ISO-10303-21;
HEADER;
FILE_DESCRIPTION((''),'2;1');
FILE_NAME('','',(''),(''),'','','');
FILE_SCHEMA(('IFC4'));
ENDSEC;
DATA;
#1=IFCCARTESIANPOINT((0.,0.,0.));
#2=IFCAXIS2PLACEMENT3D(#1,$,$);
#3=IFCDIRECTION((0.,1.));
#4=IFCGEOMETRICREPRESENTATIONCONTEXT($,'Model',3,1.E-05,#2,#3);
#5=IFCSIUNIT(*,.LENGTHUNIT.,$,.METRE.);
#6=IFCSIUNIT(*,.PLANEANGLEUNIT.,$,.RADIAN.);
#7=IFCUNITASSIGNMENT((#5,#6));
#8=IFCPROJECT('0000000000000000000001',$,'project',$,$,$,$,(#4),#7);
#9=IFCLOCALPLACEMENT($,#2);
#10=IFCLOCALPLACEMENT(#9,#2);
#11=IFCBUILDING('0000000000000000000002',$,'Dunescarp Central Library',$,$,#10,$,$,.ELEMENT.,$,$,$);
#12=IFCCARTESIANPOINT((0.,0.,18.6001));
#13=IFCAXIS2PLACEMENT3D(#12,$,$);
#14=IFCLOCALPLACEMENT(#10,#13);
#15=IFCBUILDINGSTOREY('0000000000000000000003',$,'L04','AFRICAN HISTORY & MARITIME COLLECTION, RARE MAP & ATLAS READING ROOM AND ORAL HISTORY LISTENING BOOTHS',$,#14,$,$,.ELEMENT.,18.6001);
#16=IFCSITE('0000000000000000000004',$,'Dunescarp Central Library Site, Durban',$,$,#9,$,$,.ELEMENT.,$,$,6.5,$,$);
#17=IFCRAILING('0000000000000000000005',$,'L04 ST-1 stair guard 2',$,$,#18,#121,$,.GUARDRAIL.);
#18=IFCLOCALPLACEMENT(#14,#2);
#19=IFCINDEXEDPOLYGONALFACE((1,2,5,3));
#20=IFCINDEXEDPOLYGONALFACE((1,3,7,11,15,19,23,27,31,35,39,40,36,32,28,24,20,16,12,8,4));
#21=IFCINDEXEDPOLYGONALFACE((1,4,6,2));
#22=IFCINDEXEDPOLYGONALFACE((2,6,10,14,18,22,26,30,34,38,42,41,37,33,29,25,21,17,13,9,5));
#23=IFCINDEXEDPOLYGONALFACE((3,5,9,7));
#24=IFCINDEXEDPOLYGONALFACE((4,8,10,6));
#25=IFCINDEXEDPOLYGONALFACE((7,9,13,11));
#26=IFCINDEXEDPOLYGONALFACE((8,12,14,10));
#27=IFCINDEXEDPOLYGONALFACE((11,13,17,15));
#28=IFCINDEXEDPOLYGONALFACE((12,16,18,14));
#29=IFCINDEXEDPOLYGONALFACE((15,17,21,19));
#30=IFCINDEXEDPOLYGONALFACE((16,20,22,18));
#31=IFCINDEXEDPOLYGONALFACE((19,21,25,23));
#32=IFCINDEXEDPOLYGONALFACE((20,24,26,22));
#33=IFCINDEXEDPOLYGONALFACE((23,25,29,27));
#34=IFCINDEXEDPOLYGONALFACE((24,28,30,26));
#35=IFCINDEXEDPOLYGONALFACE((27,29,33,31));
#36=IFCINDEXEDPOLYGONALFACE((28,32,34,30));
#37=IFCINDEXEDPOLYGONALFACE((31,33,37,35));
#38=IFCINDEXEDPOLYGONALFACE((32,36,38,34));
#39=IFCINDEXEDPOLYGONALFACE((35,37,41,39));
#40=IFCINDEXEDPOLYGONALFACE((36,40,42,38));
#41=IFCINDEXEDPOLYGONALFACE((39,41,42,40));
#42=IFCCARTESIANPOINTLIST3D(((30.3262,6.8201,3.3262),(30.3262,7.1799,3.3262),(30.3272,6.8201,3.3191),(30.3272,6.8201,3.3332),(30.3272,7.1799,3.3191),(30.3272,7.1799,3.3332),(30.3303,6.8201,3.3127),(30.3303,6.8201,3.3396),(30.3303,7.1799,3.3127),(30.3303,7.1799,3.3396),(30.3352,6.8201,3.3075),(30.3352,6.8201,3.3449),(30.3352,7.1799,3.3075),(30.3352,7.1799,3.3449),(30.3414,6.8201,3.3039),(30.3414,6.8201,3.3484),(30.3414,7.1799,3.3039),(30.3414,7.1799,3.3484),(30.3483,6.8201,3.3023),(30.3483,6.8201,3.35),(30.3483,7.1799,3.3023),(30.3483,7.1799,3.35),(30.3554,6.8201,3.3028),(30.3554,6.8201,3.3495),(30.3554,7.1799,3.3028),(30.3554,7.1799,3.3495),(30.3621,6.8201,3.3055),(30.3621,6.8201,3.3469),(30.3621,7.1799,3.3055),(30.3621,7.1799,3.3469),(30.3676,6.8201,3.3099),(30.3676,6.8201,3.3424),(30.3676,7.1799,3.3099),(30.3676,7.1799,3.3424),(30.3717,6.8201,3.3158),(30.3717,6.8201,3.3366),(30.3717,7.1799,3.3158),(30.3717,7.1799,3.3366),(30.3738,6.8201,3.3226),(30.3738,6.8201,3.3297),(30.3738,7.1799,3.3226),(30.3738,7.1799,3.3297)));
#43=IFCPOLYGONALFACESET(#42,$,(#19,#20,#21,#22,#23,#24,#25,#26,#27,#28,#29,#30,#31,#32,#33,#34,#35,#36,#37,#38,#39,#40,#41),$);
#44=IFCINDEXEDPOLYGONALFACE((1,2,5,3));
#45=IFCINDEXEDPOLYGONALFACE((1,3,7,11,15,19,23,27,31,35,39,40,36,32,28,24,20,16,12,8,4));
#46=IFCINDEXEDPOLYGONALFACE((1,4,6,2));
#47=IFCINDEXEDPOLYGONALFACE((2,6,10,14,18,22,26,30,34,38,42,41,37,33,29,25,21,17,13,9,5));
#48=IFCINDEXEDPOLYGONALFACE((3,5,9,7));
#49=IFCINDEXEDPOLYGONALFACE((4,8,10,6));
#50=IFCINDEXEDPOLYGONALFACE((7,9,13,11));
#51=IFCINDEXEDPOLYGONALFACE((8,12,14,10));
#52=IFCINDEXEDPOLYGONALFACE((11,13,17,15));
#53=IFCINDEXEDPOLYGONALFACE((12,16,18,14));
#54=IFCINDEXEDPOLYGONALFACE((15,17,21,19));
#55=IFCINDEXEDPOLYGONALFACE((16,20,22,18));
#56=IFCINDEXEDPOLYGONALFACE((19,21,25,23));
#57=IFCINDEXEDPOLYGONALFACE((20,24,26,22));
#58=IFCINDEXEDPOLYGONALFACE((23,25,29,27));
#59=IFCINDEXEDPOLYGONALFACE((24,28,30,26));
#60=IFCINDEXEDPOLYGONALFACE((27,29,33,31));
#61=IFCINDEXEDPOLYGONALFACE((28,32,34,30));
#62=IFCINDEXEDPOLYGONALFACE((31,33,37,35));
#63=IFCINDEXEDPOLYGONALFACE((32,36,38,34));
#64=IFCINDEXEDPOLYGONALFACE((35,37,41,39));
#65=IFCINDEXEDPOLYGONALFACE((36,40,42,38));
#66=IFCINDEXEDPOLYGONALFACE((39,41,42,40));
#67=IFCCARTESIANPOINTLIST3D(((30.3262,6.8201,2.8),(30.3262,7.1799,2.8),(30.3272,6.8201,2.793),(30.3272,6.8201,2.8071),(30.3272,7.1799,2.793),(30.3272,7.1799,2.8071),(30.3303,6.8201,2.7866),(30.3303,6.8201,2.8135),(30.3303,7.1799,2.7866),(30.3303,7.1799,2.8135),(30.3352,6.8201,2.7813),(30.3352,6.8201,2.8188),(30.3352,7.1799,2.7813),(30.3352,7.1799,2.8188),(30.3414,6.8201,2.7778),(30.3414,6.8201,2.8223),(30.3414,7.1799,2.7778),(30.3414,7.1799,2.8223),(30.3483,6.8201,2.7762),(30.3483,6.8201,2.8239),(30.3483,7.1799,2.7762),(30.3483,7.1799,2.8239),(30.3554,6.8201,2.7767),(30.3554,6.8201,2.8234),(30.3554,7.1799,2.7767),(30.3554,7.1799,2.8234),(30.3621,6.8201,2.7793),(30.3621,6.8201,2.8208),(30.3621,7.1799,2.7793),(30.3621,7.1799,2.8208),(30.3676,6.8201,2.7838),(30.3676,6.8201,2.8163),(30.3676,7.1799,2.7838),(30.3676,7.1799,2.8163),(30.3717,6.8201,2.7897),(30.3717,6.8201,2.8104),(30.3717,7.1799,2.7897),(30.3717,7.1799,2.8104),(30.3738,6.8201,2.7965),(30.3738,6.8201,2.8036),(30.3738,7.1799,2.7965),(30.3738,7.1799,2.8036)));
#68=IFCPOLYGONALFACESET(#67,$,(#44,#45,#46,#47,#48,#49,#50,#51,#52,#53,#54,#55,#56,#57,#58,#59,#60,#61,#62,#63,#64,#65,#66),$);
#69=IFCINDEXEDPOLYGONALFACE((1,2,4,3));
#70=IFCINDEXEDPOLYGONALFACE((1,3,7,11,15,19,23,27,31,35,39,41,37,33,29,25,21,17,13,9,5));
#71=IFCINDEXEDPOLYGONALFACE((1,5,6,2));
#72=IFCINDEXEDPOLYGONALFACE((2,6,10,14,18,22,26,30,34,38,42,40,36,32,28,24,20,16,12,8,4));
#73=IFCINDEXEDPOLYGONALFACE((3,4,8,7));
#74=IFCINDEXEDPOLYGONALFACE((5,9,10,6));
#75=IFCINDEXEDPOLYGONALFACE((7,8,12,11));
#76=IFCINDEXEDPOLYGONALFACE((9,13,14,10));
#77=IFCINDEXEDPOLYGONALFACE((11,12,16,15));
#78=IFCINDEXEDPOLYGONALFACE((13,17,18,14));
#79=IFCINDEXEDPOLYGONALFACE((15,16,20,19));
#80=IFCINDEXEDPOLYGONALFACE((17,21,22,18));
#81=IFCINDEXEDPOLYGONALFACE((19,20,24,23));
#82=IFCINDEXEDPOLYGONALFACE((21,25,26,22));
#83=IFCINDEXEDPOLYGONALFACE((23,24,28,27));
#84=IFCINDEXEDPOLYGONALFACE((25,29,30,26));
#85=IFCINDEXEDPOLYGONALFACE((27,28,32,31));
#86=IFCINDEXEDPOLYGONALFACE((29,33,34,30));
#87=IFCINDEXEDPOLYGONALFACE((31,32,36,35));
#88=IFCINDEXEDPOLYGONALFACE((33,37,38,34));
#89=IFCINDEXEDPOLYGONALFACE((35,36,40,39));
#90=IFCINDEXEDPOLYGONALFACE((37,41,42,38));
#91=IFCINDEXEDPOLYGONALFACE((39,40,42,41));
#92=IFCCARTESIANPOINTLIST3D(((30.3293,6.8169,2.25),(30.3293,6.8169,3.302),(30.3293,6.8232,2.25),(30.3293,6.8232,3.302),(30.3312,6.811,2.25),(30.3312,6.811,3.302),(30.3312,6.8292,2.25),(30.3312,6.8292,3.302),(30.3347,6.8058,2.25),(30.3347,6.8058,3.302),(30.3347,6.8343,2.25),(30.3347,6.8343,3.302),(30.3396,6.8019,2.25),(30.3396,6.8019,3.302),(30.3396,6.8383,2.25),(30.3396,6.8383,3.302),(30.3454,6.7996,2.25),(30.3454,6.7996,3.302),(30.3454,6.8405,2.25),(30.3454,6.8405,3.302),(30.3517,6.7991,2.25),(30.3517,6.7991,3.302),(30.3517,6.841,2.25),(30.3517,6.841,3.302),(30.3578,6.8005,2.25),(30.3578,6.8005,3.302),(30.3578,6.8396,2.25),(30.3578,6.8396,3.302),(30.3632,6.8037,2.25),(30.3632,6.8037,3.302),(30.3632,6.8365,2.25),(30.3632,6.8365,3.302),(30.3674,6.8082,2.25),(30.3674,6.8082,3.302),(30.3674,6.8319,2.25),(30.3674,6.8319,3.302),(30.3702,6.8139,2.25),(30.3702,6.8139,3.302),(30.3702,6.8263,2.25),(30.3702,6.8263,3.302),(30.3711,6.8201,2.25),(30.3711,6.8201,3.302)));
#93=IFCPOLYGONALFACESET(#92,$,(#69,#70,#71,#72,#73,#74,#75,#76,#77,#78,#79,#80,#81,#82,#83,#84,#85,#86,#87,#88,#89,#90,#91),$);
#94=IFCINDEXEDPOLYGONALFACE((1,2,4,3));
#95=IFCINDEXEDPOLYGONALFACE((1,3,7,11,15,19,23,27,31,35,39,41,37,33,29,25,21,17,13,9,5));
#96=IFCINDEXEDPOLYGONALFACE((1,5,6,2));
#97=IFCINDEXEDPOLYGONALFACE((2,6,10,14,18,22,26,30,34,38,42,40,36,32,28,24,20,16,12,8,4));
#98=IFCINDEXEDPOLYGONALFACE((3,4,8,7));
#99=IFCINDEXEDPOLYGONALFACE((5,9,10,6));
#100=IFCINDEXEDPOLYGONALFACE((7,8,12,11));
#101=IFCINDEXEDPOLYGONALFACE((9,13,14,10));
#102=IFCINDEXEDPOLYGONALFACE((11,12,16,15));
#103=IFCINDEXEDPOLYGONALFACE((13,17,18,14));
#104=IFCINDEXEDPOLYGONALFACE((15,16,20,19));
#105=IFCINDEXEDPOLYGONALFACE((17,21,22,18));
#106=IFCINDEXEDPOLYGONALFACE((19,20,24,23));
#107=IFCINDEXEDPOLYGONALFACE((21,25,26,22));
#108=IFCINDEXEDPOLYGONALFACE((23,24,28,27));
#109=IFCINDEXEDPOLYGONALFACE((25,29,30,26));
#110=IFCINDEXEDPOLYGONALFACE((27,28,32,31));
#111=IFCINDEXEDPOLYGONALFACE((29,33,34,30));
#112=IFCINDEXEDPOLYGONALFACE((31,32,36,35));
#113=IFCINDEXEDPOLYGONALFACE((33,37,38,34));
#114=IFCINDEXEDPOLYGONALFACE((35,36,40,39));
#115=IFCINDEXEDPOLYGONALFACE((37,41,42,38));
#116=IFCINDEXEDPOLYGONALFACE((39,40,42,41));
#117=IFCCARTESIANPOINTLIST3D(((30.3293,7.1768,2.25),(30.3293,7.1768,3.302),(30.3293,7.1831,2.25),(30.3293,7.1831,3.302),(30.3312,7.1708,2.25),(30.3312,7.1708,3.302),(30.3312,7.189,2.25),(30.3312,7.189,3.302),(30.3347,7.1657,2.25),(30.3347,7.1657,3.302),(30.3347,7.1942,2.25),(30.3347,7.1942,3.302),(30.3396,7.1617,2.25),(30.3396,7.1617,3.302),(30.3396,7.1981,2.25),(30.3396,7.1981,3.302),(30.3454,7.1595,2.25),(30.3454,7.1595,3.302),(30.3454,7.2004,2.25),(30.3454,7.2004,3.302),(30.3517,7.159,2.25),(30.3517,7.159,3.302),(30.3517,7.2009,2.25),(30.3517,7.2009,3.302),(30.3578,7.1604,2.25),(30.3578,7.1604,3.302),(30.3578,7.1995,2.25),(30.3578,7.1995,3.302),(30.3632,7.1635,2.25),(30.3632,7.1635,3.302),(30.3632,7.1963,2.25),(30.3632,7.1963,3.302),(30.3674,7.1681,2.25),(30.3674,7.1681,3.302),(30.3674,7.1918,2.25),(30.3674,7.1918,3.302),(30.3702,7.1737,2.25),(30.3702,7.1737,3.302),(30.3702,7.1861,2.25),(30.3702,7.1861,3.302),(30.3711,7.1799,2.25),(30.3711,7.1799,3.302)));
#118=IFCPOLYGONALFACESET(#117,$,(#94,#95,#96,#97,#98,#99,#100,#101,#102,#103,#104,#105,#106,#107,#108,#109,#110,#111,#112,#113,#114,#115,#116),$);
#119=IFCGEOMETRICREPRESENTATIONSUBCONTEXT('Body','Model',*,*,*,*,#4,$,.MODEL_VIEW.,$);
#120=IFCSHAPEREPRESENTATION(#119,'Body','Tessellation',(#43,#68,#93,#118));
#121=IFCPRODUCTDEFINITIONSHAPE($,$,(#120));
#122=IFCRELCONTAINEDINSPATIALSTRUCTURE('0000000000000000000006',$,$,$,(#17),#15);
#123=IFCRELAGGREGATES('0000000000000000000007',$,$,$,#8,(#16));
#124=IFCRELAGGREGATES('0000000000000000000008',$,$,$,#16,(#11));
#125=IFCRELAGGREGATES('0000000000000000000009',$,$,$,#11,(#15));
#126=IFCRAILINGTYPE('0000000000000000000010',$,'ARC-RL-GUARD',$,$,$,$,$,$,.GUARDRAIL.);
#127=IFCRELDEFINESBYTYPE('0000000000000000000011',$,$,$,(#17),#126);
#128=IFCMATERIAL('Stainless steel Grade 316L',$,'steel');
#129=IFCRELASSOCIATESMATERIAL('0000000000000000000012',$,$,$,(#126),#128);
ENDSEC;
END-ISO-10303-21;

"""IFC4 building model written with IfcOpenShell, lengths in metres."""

from ifc_helpers import new_model, si_unit, direction, frame, origin, origin_2d, place, context, subcontext, project, spatial, circle, extrude, material, type_object, element, save


model = new_model("IFC4")

# Units and contexts
model_context = context("Model", 3, precision=1e-05, world=origin(), true_north=direction((0.0, 1.0)))
body_context = subcontext(model_context, "Body", "Model", "MODEL_VIEW")
ifc_project = project(units=[si_unit("LENGTHUNIT", "METRE"), si_unit("PLANEANGLEUNIT", "RADIAN")], contexts=[model_context])

# Site, building, storey
site_placement = place(None, origin())
site = spatial("IfcSite", under=ifc_project, at=site_placement, Name="Dunescarp Central Library Site, Durban", CompositionType="ELEMENT", RefElevation=6.5)
building_placement = place(site_placement, origin())
building = spatial("IfcBuilding", under=site, at=building_placement, Name="Dunescarp Central Library", CompositionType="ELEMENT")
storey_placement = place(building_placement, frame((0.0, 0.0, 18.6001)))
storey = spatial("IfcBuildingStorey", under=building, at=storey_placement, Name="L04", Description="AFRICAN HISTORY & MARITIME COLLECTION, RARE MAP & ATLAS READING ROOM AND ORAL HISTORY LISTENING BOOTHS", CompositionType="ELEMENT", Elevation=18.6001)

# Railing
ifc_material_1 = material(Name="Stainless steel Grade 316L", Category="steel")
railing_type_1 = type_object("IfcRailingType", Name="ARC-RL-GUARD", PredefinedType="GUARDRAIL", material=ifc_material_1)
railing_1_placement = place(storey_placement, frame((30.3501, 6.8201, 2.25)))
element("IfcRailing", 1, at=railing_1_placement, inside=storey, type_object=railing_type_1, Name="L04 ST-1 stair guard 2", PredefinedType="GUARDRAIL", context=body_context, shape_type="SweptSolid", body=[
    extrude(circle(Radius=0.0239, at=origin_2d()), frame((0.0, 0.0, 1.0762), z_axis=(0.0, 1.0, 0.0), x_axis=(-1.0, 0.0, 0.0)), (0.0, 0.0, 1.0), 0.3599),
    extrude(circle(Radius=0.0239, at=origin_2d()), frame((0.0, 0.0, 0.55), z_axis=(0.0, 1.0, 0.0), x_axis=(-1.0, 0.0, 0.0)), (0.0, 0.0, 1.0), 0.3599),
    extrude(circle(Radius=0.021, at=origin_2d()), origin(), (0.0, 0.0, 1.0), 1.052),
    extrude(circle(Radius=0.021, at=origin_2d()), frame((0.0, 0.3599, 0.0)), (0.0, 0.0, 1.0), 1.052),
])

save(model, "model.ifc")
